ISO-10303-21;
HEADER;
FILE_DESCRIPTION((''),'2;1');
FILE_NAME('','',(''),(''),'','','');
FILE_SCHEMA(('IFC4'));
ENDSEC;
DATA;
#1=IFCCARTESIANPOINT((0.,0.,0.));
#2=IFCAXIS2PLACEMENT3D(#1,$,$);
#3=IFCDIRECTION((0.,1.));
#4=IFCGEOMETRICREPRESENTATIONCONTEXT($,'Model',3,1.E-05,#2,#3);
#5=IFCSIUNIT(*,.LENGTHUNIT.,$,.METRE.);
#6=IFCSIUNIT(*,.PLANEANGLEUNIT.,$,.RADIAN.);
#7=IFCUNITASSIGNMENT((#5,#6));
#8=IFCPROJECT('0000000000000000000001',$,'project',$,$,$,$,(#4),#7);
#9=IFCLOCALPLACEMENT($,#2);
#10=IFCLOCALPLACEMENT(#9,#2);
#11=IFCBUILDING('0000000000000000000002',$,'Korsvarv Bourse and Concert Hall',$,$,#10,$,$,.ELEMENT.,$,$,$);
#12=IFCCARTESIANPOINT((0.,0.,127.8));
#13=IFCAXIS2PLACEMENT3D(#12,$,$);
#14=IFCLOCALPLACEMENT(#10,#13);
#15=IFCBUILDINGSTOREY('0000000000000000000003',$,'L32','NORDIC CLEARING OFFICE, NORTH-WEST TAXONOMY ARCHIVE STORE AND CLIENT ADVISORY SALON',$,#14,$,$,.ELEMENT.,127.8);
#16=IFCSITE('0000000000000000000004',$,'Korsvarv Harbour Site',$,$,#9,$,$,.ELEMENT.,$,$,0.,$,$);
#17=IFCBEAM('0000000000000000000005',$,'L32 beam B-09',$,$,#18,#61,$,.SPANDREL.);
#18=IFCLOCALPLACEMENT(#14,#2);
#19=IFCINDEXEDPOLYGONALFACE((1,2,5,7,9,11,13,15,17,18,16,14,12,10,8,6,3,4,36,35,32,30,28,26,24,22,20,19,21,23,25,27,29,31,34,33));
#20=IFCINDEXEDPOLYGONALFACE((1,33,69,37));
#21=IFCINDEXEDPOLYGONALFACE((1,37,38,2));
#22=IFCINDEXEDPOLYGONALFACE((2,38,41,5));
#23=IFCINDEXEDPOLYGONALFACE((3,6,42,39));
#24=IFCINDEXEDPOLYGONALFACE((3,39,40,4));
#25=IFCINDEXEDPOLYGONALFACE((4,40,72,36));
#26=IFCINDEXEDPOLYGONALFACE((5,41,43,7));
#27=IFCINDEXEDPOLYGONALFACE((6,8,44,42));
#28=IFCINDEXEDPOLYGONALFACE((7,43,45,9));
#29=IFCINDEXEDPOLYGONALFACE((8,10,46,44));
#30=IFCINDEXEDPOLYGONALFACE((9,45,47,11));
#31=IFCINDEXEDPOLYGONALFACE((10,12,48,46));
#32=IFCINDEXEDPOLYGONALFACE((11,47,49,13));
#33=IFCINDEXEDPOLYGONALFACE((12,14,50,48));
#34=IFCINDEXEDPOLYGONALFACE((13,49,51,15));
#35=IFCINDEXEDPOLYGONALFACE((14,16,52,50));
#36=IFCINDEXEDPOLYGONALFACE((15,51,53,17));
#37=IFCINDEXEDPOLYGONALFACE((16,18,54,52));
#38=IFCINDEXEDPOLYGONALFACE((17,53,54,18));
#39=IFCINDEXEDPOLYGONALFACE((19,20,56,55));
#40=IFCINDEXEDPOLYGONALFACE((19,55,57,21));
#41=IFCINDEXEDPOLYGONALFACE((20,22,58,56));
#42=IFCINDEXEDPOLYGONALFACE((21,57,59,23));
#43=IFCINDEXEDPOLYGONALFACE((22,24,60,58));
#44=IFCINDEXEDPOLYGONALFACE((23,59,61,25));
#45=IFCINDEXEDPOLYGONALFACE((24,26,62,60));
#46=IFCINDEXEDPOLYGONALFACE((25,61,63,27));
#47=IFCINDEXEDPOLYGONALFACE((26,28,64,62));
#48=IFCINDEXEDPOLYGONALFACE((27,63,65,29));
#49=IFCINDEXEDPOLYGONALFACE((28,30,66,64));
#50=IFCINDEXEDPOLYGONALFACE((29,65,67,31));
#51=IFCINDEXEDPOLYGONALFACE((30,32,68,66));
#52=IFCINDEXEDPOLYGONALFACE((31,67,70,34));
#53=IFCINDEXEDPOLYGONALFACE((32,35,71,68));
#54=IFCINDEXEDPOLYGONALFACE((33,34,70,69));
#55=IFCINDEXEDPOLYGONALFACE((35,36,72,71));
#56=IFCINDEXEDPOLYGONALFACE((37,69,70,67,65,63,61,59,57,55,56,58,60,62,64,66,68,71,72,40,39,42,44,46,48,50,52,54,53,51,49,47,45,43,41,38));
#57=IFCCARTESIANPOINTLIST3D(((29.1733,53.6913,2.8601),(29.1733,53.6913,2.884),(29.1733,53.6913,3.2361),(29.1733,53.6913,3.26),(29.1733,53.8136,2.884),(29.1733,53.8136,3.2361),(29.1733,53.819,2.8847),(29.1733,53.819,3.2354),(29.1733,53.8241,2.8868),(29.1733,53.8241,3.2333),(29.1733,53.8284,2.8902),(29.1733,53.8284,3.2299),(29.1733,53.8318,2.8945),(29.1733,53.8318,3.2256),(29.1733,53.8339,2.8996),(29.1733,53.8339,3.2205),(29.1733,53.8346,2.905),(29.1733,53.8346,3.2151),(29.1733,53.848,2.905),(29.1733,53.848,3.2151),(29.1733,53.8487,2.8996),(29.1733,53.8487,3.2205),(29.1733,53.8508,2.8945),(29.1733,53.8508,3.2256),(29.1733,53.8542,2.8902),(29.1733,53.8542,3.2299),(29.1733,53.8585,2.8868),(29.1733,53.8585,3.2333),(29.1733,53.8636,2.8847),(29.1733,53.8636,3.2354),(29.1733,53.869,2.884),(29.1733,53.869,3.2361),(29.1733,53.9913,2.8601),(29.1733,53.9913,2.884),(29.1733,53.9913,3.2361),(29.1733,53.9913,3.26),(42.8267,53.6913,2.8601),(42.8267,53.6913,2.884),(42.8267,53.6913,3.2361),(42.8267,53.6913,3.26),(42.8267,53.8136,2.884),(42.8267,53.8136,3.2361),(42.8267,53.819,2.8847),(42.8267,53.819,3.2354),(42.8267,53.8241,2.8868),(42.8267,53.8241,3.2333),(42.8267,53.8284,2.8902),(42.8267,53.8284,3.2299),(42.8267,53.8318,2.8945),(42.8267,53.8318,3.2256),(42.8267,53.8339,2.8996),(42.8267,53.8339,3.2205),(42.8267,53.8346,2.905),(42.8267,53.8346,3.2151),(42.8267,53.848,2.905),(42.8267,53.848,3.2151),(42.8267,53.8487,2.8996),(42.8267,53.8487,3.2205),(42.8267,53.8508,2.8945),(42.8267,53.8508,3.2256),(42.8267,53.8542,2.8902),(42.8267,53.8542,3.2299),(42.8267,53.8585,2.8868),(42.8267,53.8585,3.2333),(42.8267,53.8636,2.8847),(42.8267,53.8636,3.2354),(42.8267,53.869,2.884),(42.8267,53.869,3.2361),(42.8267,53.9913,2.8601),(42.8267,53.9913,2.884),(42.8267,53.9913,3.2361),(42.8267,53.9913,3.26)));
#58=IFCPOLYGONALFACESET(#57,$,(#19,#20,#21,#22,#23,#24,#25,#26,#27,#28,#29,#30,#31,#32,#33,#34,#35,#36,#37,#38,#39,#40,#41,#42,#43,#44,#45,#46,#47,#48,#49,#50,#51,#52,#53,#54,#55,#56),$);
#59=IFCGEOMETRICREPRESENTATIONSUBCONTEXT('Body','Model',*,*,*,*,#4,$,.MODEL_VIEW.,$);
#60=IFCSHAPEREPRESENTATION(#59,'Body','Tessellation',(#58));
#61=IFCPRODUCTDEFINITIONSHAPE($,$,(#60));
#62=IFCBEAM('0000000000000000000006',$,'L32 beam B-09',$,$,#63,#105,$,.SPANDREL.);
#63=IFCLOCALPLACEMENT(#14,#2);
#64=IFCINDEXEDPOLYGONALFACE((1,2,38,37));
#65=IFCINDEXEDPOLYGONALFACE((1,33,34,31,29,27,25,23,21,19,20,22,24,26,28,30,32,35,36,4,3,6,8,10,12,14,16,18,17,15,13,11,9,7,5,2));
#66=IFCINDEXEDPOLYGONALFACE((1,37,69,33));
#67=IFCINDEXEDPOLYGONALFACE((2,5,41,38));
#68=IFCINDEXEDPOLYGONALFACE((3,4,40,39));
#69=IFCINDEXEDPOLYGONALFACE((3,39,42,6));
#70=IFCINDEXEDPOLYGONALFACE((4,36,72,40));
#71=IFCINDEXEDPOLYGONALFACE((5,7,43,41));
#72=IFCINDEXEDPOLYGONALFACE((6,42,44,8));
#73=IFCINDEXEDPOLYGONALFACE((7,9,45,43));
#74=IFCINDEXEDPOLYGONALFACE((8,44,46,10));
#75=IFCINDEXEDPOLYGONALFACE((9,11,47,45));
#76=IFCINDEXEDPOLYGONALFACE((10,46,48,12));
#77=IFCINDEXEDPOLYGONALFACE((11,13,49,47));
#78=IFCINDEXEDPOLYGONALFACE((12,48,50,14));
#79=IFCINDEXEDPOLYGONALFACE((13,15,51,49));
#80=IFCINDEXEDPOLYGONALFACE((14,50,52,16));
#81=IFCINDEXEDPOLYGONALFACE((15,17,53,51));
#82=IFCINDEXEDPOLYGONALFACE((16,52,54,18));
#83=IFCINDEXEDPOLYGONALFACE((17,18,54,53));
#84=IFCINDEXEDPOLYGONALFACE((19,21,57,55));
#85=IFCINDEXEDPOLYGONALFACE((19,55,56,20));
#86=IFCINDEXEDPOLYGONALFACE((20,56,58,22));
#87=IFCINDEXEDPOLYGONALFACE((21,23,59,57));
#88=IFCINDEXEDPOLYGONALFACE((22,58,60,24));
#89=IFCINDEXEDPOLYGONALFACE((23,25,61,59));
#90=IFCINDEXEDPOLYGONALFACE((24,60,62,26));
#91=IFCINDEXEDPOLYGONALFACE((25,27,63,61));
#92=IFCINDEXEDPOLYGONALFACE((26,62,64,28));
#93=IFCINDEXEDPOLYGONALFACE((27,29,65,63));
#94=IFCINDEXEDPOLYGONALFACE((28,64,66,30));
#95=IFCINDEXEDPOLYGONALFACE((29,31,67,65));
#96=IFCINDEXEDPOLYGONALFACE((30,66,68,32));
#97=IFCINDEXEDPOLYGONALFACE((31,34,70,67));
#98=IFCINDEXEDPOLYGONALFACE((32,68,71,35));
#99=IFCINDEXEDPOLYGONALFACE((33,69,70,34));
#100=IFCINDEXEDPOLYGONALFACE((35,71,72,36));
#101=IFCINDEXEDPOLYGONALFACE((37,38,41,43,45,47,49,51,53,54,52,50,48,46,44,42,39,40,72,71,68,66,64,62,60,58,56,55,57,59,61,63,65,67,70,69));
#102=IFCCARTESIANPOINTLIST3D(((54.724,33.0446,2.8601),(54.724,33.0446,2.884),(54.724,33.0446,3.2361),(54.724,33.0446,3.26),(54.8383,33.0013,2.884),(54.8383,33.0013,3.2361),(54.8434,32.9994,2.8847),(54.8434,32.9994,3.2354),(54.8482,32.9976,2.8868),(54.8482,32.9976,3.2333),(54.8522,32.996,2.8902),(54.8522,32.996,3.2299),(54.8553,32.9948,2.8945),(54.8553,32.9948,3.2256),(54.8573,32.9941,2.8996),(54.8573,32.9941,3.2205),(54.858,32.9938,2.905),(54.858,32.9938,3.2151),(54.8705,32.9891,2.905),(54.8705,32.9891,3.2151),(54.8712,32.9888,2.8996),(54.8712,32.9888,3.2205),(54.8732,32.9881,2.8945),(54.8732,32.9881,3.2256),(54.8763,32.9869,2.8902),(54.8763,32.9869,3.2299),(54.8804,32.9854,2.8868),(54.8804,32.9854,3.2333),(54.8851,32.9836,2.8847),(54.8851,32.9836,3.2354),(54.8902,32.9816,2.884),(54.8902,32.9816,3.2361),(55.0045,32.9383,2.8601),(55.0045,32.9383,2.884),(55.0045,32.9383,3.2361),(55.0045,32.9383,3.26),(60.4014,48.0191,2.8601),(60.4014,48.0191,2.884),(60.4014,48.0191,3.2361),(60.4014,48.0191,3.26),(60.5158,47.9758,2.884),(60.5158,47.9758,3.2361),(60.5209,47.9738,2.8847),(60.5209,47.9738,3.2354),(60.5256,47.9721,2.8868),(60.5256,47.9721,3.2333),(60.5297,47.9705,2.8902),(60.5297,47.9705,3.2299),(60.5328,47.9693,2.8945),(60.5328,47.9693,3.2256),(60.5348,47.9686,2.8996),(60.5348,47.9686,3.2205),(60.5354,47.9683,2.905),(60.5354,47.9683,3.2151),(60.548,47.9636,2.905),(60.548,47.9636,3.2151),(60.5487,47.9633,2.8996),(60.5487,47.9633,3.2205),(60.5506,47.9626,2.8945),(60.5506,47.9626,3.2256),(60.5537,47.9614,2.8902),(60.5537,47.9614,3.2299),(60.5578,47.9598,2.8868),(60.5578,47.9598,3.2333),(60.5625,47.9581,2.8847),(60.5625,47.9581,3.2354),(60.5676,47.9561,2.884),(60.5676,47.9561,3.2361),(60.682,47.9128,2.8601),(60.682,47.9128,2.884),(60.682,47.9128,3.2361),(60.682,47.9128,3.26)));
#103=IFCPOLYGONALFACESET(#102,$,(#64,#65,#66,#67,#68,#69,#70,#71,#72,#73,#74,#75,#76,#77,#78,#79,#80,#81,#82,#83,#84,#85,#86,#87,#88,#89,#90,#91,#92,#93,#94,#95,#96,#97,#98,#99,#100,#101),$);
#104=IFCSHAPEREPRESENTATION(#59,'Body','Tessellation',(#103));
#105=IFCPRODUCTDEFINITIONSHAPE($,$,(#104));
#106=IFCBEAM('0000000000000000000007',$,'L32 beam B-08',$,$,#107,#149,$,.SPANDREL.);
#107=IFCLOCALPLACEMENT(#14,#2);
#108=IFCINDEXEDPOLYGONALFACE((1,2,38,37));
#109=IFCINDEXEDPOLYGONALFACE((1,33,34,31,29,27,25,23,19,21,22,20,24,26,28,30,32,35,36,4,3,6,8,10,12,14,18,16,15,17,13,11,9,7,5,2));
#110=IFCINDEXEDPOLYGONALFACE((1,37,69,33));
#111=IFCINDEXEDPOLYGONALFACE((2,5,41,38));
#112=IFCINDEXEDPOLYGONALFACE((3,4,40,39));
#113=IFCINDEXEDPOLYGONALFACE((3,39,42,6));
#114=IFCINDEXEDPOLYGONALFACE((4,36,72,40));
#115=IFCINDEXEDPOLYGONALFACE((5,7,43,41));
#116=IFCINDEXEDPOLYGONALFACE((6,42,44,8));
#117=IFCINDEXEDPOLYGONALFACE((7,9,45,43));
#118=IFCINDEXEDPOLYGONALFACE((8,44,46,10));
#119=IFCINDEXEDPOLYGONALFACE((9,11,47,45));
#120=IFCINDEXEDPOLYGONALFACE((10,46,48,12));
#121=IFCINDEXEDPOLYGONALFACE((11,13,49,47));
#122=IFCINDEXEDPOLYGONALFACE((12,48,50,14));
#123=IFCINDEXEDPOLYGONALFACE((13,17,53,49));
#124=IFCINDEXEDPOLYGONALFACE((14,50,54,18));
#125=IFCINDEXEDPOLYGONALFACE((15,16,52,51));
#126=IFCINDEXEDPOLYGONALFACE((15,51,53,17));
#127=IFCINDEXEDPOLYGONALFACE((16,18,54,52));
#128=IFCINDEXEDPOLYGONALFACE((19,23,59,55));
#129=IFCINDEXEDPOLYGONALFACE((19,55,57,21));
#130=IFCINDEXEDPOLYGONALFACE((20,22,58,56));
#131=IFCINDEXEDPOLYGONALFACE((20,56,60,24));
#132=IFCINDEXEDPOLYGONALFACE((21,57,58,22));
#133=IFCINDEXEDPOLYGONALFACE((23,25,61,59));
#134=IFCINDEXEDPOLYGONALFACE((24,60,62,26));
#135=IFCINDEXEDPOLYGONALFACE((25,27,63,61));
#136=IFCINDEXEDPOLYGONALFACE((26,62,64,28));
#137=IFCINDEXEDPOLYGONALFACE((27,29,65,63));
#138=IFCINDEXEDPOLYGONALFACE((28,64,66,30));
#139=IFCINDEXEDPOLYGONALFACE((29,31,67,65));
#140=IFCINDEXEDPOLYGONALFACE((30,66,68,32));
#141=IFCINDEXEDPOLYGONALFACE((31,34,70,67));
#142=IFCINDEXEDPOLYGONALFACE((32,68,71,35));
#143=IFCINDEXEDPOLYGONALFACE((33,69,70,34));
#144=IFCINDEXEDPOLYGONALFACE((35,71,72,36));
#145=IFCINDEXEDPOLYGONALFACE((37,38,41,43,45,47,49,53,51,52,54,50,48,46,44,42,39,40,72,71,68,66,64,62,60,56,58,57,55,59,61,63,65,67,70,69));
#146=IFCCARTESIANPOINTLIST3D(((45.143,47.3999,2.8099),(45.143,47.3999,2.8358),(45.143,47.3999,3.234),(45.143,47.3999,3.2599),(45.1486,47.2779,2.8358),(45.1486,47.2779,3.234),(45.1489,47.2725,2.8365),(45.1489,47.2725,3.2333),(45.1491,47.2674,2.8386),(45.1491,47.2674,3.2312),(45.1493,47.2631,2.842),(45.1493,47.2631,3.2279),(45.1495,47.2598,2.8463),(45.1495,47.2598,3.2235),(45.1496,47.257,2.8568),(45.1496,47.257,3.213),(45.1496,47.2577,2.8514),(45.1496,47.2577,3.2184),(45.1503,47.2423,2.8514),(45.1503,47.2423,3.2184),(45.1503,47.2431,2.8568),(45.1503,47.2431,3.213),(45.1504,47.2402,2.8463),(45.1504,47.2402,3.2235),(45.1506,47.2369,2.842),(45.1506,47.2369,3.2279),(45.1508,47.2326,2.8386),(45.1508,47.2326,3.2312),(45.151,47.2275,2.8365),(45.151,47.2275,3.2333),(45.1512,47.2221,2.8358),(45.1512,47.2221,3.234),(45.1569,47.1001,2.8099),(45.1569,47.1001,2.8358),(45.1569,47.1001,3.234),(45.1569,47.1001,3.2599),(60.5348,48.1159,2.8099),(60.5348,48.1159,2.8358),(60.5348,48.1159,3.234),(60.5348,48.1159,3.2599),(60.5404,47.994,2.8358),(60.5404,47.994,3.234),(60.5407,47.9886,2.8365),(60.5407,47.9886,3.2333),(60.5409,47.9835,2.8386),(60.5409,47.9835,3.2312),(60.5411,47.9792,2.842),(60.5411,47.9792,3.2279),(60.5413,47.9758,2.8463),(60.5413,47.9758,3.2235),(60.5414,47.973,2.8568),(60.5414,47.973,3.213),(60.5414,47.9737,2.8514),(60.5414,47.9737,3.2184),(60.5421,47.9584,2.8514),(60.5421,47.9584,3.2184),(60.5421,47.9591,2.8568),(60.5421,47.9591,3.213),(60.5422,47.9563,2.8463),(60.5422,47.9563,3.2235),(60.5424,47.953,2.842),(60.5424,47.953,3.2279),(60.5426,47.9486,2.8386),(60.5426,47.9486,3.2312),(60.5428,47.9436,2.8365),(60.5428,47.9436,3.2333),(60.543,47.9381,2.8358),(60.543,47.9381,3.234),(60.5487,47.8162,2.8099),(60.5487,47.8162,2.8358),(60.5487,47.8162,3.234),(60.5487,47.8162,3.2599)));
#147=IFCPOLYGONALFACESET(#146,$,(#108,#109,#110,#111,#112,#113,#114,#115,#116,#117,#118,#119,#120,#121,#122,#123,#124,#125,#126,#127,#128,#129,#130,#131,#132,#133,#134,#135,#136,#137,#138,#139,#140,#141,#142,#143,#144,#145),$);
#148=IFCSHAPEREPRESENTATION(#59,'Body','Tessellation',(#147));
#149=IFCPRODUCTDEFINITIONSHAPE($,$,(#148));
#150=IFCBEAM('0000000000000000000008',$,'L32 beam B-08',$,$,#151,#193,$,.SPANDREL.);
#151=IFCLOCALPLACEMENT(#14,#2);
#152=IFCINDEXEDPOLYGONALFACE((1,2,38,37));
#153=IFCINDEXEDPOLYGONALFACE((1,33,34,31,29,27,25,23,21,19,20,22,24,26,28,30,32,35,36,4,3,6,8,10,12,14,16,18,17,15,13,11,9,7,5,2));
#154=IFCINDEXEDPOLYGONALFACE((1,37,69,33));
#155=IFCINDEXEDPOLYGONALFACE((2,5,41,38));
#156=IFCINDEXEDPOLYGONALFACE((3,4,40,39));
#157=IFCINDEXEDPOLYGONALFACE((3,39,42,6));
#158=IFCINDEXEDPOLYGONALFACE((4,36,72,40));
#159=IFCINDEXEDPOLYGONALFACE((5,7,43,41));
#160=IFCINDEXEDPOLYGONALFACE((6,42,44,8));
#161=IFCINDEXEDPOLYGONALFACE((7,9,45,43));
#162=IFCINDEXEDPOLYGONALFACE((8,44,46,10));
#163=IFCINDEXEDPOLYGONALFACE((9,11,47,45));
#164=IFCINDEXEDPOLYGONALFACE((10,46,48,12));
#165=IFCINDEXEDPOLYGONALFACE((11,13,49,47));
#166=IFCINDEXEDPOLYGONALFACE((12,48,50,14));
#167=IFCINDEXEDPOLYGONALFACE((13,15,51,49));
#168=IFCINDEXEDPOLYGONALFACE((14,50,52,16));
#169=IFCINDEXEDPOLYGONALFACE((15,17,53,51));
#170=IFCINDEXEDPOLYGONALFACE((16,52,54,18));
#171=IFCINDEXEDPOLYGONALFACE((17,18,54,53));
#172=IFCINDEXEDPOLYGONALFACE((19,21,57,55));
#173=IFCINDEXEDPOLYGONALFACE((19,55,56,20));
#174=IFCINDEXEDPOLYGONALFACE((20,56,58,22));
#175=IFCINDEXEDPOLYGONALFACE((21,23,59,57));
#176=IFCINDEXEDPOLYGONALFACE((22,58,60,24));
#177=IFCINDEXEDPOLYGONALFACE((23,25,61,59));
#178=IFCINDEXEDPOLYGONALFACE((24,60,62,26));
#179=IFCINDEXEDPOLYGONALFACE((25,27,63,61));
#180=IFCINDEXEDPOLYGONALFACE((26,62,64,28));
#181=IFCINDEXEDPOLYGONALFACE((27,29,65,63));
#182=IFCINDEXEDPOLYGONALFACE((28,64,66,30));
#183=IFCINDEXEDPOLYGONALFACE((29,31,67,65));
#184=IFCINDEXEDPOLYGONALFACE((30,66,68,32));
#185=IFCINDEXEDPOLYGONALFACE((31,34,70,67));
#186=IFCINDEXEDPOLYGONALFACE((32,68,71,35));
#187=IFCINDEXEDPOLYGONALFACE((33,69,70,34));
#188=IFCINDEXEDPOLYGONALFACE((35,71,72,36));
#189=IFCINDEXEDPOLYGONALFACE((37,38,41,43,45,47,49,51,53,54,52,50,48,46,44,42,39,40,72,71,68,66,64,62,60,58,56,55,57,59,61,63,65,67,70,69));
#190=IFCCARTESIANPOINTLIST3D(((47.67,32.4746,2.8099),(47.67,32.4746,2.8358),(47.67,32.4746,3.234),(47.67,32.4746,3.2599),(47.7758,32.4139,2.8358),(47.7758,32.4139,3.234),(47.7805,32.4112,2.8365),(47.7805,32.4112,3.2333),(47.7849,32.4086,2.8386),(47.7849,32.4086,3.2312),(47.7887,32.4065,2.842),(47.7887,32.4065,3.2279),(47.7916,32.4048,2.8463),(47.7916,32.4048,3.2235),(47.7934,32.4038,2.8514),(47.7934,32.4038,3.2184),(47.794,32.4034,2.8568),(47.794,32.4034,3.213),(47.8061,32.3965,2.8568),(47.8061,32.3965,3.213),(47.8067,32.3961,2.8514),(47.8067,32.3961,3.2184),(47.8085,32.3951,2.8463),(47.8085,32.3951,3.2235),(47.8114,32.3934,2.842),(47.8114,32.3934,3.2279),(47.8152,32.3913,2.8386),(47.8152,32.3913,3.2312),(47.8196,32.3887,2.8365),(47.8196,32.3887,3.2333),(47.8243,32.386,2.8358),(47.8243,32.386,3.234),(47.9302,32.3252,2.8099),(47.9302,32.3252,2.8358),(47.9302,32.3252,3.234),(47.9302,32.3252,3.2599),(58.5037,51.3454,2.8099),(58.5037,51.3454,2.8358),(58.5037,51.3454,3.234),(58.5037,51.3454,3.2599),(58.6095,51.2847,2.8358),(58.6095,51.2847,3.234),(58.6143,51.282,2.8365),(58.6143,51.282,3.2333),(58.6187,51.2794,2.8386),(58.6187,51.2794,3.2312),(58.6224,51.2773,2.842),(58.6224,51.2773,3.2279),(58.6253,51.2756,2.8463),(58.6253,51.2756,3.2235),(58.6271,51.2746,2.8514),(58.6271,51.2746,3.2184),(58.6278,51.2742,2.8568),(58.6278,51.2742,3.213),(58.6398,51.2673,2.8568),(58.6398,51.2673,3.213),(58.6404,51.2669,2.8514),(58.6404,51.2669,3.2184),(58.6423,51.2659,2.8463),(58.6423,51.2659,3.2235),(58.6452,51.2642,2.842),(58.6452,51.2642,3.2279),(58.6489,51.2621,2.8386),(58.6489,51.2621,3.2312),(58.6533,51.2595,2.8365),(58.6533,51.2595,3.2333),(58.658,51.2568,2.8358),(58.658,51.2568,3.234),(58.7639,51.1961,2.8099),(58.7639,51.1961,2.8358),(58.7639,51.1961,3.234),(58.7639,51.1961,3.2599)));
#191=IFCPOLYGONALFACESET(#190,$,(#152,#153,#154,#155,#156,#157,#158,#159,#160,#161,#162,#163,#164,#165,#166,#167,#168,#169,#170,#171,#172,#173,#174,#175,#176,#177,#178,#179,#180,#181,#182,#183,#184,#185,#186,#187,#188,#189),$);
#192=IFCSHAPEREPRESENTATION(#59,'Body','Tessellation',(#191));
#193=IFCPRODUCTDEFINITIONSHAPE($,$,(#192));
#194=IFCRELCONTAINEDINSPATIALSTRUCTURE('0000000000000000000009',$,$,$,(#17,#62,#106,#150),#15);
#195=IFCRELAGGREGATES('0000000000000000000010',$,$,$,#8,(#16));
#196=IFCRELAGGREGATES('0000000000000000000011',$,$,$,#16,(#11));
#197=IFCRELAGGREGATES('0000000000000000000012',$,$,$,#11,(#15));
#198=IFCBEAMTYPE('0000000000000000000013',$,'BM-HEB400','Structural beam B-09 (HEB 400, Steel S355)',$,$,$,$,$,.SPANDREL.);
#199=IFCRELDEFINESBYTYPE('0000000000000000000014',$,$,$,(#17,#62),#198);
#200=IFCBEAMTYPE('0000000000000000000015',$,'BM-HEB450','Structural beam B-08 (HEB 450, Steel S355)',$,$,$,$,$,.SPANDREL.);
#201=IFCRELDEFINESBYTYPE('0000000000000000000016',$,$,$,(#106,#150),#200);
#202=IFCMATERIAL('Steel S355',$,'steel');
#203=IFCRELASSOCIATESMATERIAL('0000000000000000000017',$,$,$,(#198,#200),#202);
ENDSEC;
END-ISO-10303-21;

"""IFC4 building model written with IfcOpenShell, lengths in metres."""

from ifc_helpers import new_model, si_unit, direction, frame, origin, origin_2d, place, context, subcontext, project, spatial, i_section, extrude, source, transform, mapped, material, material_profile, profile_set, type_object, element, save


model = new_model("IFC4")

# Units and contexts
model_context = context("Model", 3, precision=1e-05, world=origin(), true_north=direction((0.0, 1.0)))
body_context = subcontext(model_context, "Body", "Model", "MODEL_VIEW")
ifc_project = project(units=[si_unit("LENGTHUNIT", "METRE"), si_unit("PLANEANGLEUNIT", "RADIAN")], contexts=[model_context])

# Site, building, storey
site_placement = place(None, origin())
site = spatial("IfcSite", under=ifc_project, at=site_placement, Name="Korsvarv Harbour Site", CompositionType="ELEMENT", RefElevation=0.0)
building_placement = place(site_placement, origin())
building = spatial("IfcBuilding", under=site, at=building_placement, Name="Korsvarv Bourse and Concert Hall", CompositionType="ELEMENT")
storey_placement = place(building_placement, frame((0.0, 0.0, 127.8)))
storey = spatial("IfcBuildingStorey", under=building, at=storey_placement, Name="L32", Description="NORDIC CLEARING OFFICE, NORTH-WEST TAXONOMY ARCHIVE STORE AND CLIENT ADVISORY SALON", CompositionType="ELEMENT", Elevation=127.8)

# Beams
ifc_material_1 = material(Name="Steel S355", Category="steel")
ifc_material_profile_1 = material_profile(ifc_material_1, i_section(OverallWidth=0.3, OverallDepth=0.3999, WebThickness=0.0134, FlangeThickness=0.0239, FilletRadius=0.021, at=origin_2d()), Name="HEB 400")
ifc_profile_set_1 = profile_set([ifc_material_profile_1], Name="Steel S355")
beam_type_1 = type_object("IfcBeamType", Name="BM-HEB400", Description="Structural beam B-09 (HEB 400, Steel S355)", PredefinedType="SPANDREL", material=ifc_profile_set_1)
shared_shape_1 = source(origin(), body_context, "Body", "SweptSolid", [
    extrude(i_section(OverallWidth=0.3, OverallDepth=0.3999, WebThickness=0.0134, FlangeThickness=0.0239, FilletRadius=0.021, at=origin_2d()), origin(), (0.0, 0.0, 1.0), 13.6533),
])
beam_1_placement = place(storey_placement, frame((42.8267, 53.8413, 3.0601), z_axis=(-1.0, 0.0, 0.0), x_axis=(0.0, -1.0, 0.0)))
element("IfcBeam", 1, at=beam_1_placement, inside=storey, type_object=beam_type_1, Name="L32 beam B-09", PredefinedType="SPANDREL", context=body_context, shape_type="MappedRepresentation", body=[
    mapped(shared_shape_1, transform((0.0, 0.0, 0.0), scale=1.0)),
])
shared_shape_2 = source(origin(), body_context, "Body", "SweptSolid", [
    extrude(i_section(OverallWidth=0.3, OverallDepth=0.3999, WebThickness=0.0134, FlangeThickness=0.0239, FilletRadius=0.021, at=origin_2d()), origin(), (0.0, 0.0, 1.0), 16.0146),
])
beam_2_placement = place(storey_placement, frame((54.8643, 32.9915, 3.0601), z_axis=(0.354516, 0.93505, 0.0), x_axis=(-0.93505, 0.354516, 0.0)))
element("IfcBeam", 2, at=beam_2_placement, inside=storey, type_object=beam_type_1, Name="L32 beam B-09", PredefinedType="SPANDREL", context=body_context, shape_type="MappedRepresentation", body=[
    mapped(shared_shape_2, transform((0.0, 0.0, 0.0), scale=1.0)),
])
ifc_material_profile_2 = material_profile(ifc_material_1, i_section(OverallWidth=0.3, OverallDepth=0.45, WebThickness=0.0139, FlangeThickness=0.0259, FilletRadius=0.021, at=origin_2d()), Name="HEB 450")
ifc_profile_set_2 = profile_set([ifc_material_profile_2], Name="Steel S355")
beam_type_2 = type_object("IfcBeamType", Name="BM-HEB450", Description="Structural beam B-08 (HEB 450, Steel S355)", PredefinedType="SPANDREL", material=ifc_profile_set_2)
shared_shape_3 = source(origin(), body_context, "Body", "SweptSolid", [
    extrude(i_section(OverallWidth=0.3, OverallDepth=0.45, WebThickness=0.0139, FlangeThickness=0.0259, FilletRadius=0.021, at=origin_2d()), origin(), (0.0, 0.0, 1.0), 15.4084),
])
beam_3_placement = place(storey_placement, frame((60.5417, 47.9661, 3.0349), z_axis=(-0.99892, -0.046472, 0.0), x_axis=(0.046472, -0.99892, 0.0)))
element("IfcBeam", 3, at=beam_3_placement, inside=storey, type_object=beam_type_2, Name="L32 beam B-08", PredefinedType="SPANDREL", context=body_context, shape_type="MappedRepresentation", body=[
    mapped(shared_shape_3, transform((0.0, 0.0, 0.0), scale=1.0)),
])
shared_shape_4 = source(origin(), body_context, "Body", "SweptSolid", [
    extrude(i_section(OverallWidth=0.3, OverallDepth=0.45, WebThickness=0.0139, FlangeThickness=0.0259, FilletRadius=0.021, at=origin_2d()), origin(), (0.0, 0.0, 1.0), 21.7595),
])
beam_4_placement = place(storey_placement, frame((58.6338, 51.2708, 3.0349), z_axis=(-0.497884, -0.867244, 0.0), x_axis=(0.867244, -0.497884, 0.0)))
element("IfcBeam", 4, at=beam_4_placement, inside=storey, type_object=beam_type_2, Name="L32 beam B-08", PredefinedType="SPANDREL", context=body_context, shape_type="MappedRepresentation", body=[
    mapped(shared_shape_4, transform((0.0, 0.0, 0.0), scale=1.0)),
])

save(model, "model.ifc")
